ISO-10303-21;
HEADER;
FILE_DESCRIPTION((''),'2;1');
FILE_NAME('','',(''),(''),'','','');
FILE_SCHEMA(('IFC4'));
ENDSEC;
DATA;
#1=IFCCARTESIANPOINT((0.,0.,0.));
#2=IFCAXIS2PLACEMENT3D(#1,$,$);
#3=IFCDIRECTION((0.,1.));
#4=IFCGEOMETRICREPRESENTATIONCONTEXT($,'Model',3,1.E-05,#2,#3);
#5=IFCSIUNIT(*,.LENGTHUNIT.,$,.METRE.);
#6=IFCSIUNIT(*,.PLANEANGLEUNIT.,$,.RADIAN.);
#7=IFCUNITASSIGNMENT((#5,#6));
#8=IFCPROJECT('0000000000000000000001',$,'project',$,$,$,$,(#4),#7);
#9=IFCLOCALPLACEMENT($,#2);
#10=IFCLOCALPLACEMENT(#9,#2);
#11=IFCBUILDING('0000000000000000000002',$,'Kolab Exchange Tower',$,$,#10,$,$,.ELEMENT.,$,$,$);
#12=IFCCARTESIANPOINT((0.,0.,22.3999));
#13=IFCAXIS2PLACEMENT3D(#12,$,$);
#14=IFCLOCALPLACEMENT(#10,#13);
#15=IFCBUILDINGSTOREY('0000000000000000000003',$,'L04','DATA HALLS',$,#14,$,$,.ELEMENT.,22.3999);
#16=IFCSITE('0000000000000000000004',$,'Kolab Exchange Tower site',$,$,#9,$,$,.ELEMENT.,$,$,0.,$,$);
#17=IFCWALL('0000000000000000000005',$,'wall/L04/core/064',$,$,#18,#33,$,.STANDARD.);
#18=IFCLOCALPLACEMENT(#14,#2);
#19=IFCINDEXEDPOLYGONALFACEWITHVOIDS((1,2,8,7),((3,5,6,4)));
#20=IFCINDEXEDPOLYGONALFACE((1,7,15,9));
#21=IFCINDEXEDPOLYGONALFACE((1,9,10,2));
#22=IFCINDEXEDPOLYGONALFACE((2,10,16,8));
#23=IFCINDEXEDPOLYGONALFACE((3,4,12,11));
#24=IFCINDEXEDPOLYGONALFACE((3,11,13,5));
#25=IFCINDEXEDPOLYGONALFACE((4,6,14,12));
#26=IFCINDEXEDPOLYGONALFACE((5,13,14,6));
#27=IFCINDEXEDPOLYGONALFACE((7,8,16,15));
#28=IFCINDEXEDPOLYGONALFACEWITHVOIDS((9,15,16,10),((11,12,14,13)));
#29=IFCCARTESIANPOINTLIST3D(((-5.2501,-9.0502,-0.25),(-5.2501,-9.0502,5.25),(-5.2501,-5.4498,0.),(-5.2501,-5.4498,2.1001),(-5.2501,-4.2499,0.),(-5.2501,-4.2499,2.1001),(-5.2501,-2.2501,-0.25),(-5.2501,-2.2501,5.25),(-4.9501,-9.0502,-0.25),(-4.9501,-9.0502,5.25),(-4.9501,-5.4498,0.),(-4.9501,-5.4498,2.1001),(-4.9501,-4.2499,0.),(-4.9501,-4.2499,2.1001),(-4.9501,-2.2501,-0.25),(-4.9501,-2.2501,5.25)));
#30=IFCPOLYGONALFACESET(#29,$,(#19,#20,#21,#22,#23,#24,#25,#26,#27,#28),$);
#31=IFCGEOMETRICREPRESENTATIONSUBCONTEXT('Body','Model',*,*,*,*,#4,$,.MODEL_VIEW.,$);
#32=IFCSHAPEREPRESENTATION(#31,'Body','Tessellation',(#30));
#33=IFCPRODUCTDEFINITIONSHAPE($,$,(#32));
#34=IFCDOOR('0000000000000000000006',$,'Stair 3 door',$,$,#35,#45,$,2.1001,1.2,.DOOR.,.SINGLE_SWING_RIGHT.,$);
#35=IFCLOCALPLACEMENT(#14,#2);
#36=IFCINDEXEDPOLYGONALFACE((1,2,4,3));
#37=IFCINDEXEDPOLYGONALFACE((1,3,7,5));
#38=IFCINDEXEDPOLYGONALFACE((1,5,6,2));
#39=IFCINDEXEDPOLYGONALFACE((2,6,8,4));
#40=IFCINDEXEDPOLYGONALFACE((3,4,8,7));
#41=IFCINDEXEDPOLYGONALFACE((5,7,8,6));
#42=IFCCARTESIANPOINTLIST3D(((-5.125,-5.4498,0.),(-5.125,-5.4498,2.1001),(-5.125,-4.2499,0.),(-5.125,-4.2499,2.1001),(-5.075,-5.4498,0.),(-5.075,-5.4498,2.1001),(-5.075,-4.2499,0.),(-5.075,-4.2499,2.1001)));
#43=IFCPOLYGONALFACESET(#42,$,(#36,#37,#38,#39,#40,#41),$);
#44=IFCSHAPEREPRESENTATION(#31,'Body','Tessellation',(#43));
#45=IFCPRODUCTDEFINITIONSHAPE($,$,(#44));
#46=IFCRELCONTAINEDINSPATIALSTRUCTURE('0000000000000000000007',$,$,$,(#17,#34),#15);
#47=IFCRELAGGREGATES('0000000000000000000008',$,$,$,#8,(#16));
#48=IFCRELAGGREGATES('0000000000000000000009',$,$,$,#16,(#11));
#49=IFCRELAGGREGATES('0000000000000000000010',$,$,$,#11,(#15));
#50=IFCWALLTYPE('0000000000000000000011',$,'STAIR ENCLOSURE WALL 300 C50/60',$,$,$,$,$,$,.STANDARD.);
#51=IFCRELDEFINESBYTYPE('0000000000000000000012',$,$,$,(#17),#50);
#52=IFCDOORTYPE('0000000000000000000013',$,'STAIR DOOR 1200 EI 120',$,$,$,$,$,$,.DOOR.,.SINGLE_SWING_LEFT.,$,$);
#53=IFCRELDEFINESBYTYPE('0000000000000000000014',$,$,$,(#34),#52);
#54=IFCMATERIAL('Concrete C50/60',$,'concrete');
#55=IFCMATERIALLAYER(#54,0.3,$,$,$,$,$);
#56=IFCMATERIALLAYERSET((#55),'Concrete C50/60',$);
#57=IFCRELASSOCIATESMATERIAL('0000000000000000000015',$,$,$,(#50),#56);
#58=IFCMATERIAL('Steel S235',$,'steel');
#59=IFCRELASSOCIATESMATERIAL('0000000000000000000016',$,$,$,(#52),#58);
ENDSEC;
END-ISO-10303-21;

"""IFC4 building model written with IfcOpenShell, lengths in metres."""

from ifc_helpers import new_model, si_unit, direction, frame, frame_2d, origin, place, context, subcontext, project, spatial, rectangle, extrude, material, layer, layer_set, type_object, element, fill, save


model = new_model("IFC4")

# Units and contexts
model_context = context("Model", 3, precision=1e-05, world=origin(), true_north=direction((0.0, 1.0)))
body_context = subcontext(model_context, "Body", "Model", "MODEL_VIEW")
ifc_project = project(units=[si_unit("LENGTHUNIT", "METRE"), si_unit("PLANEANGLEUNIT", "RADIAN")], contexts=[model_context])

# Site, building, storey
site_placement = place(None, origin())
site = spatial("IfcSite", under=ifc_project, at=site_placement, Name="Kolab Exchange Tower site", CompositionType="ELEMENT", RefElevation=0.0)
building_placement = place(site_placement, origin())
building = spatial("IfcBuilding", under=site, at=building_placement, Name="Kolab Exchange Tower", CompositionType="ELEMENT")
storey_placement = place(building_placement, frame((0.0, 0.0, 22.3999)))
storey = spatial("IfcBuildingStorey", under=building, at=storey_placement, Name="L04", Description="DATA HALLS", CompositionType="ELEMENT", Elevation=22.3999)

# Shared definitions
ifc_material_1 = material(Name="Steel S235", Category="steel")
ifc_material_2 = material(Name="Concrete C50/60", Category="concrete")

# Wall, opening, door
ifc_layer_1 = layer(ifc_material_2, 0.3)
ifc_layer_set_1 = layer_set([ifc_layer_1], Name="Concrete C50/60")
wall_type_1 = type_object("IfcWallType", Name="STAIR ENCLOSURE WALL 300 C50/60", PredefinedType="STANDARD", material=ifc_layer_set_1)
wall_1_placement = place(storey_placement, frame((-5.1001, -9.05, -0.25), z_axis=(0.0, 0.0, 1.0), x_axis=(0.0, 1.0, 0.0)))
wall_1 = element("IfcWall", 1, at=wall_1_placement, inside=storey, type_object=wall_type_1, Name="wall/L04/core/064", PredefinedType="STANDARD", context=body_context, shape_type="SweptSolid", body=[
    extrude(rectangle(XDim=6.8, YDim=0.3, at=frame_2d((3.3999, 0.0))), origin(), (0.0, 0.0, 1.0), 5.5),
])
opening_1_placement = place(wall_1_placement, frame((3.6001, 0.0, 0.25)))
opening_1 = element("IfcOpeningElement", 2, at=opening_1_placement, cuts=wall_1, PredefinedType="OPENING", context=body_context, shape_type="SweptSolid", body=[
    extrude(rectangle(XDim=1.2, YDim=2.1001, at=frame_2d((0.6001, 1.05))), frame((0.0, 0.1602, 0.0), z_axis=(0.0, -1.0, 0.0), x_axis=(1.0, 0.0, 0.0)), (0.0, 0.0, 1.0), 0.3201),
])
door_type_1 = type_object("IfcDoorType", Name="STAIR DOOR 1200 EI 120", OperationType="SINGLE_SWING_LEFT", PredefinedType="DOOR", material=ifc_material_1)
door_1_placement = place(opening_1_placement, origin())
door_1 = element("IfcDoor", 3, at=door_1_placement, inside=storey, type_object=door_type_1, Name="Stair 3 door", OperationType="SINGLE_SWING_RIGHT", OverallHeight=2.1001, OverallWidth=1.2, PredefinedType="DOOR", context=body_context, shape_type="SweptSolid", body=[
    extrude(rectangle(XDim=1.2, YDim=2.1001, at=frame_2d((0.6001, 1.05))), frame((0.0, 0.0249, 0.0), z_axis=(0.0, -1.0, 0.0), x_axis=(1.0, 0.0, 0.0)), (0.0, 0.0, 1.0), 0.05),
])
fill(opening_1, door_1)

save(model, "model.ifc")
